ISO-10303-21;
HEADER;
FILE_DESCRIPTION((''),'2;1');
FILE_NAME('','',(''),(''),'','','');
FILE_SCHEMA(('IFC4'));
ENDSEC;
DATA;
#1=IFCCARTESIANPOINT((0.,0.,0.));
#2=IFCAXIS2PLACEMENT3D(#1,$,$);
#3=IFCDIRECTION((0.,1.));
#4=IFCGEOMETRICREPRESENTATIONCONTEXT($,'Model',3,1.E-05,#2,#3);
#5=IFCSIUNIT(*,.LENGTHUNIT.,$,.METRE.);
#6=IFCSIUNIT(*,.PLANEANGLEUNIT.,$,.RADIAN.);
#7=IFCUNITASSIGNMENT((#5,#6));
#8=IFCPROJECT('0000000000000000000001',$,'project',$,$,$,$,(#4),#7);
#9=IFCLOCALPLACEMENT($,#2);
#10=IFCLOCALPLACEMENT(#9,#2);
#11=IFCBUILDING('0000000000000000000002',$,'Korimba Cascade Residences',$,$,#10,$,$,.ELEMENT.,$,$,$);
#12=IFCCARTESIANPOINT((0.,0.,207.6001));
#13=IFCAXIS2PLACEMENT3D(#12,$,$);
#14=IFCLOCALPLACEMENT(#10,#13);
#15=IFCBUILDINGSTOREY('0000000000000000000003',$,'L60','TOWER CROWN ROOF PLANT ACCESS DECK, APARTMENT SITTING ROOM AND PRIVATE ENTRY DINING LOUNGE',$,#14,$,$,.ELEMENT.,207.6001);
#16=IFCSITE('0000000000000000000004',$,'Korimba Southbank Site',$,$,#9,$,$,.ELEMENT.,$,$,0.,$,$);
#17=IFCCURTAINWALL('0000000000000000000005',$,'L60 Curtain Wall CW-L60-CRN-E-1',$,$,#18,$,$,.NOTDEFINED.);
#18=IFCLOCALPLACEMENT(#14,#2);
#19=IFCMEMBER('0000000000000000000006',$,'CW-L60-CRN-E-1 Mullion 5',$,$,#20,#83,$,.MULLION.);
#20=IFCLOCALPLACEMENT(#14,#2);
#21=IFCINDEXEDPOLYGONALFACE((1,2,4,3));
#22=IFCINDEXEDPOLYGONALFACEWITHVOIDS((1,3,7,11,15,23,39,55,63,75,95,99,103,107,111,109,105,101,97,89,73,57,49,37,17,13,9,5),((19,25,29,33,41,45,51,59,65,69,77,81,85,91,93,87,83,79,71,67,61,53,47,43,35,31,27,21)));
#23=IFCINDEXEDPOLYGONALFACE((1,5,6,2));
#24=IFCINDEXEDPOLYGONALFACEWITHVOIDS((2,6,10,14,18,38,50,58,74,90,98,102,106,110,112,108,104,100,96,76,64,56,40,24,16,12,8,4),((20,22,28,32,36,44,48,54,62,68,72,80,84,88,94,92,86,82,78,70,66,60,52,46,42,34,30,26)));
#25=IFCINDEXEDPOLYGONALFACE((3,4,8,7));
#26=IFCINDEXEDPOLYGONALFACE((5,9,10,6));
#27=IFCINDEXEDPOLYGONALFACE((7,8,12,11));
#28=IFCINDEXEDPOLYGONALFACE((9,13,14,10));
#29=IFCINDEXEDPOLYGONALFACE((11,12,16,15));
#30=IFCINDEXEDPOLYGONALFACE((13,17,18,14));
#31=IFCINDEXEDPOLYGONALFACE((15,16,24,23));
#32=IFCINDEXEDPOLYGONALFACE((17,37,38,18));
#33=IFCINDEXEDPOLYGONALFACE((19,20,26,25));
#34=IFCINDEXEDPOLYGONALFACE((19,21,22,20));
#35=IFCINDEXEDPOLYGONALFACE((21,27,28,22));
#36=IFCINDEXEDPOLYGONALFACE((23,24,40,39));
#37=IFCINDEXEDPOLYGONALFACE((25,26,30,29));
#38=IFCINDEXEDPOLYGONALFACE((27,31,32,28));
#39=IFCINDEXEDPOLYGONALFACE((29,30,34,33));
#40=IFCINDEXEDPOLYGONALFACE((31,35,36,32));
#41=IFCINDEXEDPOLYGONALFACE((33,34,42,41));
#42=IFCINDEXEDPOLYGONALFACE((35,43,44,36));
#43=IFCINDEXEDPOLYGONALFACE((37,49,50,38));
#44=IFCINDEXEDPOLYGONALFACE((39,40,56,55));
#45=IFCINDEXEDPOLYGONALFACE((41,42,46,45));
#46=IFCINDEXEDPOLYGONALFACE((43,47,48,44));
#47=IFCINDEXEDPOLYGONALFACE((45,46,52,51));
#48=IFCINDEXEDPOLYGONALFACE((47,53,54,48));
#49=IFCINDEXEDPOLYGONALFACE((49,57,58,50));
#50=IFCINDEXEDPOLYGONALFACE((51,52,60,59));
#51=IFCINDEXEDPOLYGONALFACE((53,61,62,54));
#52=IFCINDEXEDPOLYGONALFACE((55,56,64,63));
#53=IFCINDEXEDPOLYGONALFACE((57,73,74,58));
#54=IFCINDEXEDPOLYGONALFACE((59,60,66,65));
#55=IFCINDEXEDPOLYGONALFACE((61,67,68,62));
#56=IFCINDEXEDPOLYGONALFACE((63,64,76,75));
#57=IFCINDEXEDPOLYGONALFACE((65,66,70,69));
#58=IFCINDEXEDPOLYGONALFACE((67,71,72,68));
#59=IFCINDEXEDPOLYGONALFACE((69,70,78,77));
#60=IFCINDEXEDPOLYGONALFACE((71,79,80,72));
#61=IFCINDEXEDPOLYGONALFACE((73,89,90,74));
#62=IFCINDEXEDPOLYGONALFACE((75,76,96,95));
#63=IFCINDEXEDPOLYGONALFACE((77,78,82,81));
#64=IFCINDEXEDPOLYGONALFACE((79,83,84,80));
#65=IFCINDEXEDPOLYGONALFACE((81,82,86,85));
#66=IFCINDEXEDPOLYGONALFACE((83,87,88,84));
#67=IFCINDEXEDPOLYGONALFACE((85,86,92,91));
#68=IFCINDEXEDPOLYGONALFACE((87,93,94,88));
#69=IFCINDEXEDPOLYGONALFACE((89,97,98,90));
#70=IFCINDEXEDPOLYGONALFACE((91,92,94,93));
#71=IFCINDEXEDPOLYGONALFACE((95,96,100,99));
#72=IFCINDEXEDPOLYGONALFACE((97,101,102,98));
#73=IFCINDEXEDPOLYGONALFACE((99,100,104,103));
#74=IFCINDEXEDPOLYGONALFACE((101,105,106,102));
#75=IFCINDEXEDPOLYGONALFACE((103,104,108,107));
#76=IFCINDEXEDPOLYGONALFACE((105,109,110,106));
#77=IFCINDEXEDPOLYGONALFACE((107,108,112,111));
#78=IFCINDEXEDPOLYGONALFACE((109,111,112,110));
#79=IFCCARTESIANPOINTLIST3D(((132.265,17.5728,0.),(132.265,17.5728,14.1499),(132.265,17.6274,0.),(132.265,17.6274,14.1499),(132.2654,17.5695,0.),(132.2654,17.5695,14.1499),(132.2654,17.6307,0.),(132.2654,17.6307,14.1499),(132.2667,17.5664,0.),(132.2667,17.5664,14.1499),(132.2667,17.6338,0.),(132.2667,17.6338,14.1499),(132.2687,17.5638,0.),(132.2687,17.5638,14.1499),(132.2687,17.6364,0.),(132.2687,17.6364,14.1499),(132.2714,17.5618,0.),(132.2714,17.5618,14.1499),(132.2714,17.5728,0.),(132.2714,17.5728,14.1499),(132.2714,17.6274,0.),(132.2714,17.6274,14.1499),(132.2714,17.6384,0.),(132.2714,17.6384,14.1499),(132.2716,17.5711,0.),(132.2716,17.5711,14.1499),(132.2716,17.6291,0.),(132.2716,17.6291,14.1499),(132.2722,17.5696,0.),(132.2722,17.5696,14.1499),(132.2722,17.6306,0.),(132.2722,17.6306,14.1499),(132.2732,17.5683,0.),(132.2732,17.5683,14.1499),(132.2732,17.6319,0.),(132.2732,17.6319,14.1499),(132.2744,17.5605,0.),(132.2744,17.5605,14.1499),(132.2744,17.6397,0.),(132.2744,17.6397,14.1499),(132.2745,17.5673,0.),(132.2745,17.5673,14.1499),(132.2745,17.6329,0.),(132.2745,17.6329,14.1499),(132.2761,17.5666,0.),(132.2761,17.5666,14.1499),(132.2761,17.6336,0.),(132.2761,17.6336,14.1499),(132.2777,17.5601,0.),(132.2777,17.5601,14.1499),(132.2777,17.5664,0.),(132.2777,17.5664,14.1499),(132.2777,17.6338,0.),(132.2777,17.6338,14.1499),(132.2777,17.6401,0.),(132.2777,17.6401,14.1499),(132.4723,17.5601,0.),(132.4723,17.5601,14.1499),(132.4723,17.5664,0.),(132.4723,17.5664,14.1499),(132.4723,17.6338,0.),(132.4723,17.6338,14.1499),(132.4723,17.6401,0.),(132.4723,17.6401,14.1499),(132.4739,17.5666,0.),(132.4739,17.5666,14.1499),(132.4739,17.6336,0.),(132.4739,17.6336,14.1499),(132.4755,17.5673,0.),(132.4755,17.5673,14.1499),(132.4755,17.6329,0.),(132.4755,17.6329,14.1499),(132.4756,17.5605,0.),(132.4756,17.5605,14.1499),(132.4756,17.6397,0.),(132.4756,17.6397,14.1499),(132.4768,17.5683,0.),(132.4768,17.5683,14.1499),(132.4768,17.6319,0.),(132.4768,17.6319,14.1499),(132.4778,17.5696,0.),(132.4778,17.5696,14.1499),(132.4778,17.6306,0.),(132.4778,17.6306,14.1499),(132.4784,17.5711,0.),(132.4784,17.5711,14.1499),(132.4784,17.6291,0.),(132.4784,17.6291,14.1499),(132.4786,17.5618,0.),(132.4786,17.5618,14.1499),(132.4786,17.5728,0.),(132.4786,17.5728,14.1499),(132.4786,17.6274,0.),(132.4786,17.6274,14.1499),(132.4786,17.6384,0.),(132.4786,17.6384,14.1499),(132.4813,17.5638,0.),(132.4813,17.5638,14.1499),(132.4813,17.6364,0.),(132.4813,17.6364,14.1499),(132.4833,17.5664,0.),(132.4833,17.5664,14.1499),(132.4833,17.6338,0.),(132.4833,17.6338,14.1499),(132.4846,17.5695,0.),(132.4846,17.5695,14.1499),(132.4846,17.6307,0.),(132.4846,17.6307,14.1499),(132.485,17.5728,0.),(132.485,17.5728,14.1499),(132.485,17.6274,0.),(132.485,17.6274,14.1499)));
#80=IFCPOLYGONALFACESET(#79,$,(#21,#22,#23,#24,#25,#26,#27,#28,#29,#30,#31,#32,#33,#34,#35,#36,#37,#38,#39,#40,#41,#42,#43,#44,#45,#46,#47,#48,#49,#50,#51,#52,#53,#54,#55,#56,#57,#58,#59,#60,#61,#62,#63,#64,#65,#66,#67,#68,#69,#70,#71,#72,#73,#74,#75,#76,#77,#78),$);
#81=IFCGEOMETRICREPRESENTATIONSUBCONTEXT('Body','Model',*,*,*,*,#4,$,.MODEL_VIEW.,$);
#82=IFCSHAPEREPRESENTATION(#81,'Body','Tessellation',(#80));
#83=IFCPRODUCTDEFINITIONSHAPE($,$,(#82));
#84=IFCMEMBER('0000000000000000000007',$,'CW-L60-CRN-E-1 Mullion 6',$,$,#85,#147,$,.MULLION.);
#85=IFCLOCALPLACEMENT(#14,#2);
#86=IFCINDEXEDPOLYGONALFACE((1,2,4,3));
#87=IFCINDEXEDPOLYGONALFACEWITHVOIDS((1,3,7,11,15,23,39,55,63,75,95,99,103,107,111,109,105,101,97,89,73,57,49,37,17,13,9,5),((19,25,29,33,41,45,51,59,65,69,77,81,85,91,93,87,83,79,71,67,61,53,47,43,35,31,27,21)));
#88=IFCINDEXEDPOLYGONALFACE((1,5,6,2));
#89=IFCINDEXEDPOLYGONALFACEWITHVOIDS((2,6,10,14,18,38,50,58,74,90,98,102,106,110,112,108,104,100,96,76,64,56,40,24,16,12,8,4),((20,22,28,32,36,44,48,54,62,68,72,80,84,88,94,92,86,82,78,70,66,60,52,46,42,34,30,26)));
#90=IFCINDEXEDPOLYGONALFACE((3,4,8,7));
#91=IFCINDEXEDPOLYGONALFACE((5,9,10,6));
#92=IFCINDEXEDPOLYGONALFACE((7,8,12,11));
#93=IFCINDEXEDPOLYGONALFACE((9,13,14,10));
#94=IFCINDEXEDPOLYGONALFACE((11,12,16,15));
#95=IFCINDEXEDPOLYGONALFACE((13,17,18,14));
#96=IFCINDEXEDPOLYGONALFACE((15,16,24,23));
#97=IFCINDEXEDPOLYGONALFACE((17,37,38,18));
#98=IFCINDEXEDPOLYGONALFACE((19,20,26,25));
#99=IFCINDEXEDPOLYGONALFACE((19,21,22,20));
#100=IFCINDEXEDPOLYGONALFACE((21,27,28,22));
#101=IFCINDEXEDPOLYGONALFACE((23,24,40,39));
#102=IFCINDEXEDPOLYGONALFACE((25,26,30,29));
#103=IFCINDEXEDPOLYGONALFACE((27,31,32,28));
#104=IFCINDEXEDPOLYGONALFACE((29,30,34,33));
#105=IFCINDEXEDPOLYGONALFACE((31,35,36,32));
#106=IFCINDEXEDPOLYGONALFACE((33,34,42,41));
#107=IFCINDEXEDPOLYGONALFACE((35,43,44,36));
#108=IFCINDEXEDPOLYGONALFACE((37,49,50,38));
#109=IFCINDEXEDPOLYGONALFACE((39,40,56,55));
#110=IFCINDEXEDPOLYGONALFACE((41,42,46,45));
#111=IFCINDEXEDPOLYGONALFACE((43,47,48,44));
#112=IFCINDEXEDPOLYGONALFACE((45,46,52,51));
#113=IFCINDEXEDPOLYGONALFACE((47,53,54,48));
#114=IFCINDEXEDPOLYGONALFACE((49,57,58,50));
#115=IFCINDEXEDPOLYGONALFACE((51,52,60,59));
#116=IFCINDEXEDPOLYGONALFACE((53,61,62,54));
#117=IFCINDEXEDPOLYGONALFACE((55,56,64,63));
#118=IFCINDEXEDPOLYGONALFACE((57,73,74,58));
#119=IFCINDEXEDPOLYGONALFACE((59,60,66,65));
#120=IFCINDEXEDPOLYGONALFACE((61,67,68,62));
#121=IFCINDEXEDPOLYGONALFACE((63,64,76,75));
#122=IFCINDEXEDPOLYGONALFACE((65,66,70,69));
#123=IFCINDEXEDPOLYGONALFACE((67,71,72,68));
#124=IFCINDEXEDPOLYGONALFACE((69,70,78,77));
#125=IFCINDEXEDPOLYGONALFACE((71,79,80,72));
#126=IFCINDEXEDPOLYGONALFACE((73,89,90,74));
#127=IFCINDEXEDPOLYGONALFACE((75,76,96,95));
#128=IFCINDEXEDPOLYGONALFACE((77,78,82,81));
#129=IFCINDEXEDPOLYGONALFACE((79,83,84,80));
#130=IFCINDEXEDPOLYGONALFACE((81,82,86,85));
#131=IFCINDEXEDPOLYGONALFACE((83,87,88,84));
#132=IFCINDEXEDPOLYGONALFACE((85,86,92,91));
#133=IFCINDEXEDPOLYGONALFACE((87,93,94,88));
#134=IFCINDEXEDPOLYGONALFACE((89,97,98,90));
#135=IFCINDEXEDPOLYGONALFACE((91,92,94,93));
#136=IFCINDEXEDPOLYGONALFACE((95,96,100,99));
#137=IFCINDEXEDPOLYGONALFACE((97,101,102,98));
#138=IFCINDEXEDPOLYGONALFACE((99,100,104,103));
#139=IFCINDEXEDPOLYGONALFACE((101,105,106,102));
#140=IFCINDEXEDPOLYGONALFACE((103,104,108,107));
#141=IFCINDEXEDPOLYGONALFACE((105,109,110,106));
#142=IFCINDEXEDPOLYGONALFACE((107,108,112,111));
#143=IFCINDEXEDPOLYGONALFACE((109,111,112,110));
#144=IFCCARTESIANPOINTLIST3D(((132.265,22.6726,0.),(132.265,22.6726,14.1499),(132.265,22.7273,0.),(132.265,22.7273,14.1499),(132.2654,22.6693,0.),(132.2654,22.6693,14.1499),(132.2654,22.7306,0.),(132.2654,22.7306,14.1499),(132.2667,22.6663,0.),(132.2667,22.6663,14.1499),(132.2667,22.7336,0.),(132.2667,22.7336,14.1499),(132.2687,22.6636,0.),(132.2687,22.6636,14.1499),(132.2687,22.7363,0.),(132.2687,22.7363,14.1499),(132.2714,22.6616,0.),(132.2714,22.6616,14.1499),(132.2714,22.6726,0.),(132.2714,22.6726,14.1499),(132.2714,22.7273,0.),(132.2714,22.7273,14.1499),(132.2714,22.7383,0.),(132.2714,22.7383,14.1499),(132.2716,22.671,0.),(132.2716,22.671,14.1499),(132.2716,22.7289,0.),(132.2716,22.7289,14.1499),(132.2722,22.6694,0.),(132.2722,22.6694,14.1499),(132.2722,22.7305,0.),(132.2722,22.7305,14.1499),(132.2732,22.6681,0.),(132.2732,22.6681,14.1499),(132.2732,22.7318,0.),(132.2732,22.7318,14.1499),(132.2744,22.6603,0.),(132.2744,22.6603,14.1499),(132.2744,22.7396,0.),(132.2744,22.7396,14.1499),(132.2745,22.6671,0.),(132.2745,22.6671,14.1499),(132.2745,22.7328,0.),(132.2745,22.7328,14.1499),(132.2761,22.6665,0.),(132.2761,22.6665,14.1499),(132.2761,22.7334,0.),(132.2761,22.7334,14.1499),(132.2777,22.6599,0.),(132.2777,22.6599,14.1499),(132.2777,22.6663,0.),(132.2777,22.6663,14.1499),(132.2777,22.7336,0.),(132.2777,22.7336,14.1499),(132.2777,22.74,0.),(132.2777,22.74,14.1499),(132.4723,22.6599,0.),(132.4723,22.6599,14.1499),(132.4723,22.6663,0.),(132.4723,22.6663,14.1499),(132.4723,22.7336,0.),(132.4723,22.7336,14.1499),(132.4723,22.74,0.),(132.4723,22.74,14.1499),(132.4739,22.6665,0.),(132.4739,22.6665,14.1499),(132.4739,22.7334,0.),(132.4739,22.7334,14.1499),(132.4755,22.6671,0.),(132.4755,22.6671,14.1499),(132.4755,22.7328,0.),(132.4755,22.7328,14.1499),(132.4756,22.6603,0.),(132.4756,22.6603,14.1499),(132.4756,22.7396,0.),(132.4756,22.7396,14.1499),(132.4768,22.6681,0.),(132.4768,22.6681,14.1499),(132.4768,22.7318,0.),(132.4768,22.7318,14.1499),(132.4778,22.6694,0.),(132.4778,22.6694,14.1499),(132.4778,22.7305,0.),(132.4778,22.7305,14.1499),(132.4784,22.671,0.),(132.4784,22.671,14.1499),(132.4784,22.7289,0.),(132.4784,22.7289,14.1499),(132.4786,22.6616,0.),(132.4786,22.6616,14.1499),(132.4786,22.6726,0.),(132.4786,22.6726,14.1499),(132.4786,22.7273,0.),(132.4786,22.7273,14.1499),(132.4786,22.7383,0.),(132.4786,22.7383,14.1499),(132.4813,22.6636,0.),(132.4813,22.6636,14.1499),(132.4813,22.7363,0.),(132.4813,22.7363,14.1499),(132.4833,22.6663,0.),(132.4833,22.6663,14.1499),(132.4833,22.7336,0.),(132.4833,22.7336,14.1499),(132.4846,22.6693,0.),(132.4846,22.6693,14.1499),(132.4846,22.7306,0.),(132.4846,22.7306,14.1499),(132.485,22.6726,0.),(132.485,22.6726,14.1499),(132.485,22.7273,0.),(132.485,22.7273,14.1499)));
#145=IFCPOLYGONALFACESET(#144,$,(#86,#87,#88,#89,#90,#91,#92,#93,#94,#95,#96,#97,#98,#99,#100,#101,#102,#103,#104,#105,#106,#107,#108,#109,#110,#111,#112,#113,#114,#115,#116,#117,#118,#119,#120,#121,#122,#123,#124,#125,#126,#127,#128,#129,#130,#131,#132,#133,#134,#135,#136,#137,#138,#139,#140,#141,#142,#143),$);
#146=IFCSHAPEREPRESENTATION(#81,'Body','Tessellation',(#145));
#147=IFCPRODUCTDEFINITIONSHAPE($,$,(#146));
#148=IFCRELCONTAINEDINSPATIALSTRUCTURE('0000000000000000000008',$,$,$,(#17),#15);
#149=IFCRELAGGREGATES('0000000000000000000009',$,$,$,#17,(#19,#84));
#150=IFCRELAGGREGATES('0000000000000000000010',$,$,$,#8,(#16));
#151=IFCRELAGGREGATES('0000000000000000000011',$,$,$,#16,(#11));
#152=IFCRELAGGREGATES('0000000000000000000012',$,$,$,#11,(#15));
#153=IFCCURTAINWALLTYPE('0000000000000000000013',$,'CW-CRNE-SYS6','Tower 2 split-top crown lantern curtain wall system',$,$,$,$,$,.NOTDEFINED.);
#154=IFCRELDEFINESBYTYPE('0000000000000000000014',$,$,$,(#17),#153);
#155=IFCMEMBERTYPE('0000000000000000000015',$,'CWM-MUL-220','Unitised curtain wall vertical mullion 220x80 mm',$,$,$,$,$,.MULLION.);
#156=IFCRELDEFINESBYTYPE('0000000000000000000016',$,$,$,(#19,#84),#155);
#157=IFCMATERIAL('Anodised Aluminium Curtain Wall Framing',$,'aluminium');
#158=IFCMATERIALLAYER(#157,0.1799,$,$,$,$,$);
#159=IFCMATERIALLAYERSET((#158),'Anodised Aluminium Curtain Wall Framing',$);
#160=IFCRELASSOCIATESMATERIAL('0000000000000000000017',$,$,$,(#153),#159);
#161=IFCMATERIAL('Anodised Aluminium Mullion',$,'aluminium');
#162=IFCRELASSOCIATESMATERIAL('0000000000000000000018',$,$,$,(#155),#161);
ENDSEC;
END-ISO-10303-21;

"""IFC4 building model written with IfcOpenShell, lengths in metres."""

from ifc_helpers import new_model, si_unit, direction, frame, origin, origin_2d, place, context, subcontext, project, spatial, hollow_rectangle, extrude, material, layer, layer_set, material_profile, profile_set, type_object, element, aggregate, save


model = new_model("IFC4")

# Units and contexts
model_context = context("Model", 3, precision=1e-05, world=origin(), true_north=direction((0.0, 1.0)))
body_context = subcontext(model_context, "Body", "Model", "MODEL_VIEW")
ifc_project = project(units=[si_unit("LENGTHUNIT", "METRE"), si_unit("PLANEANGLEUNIT", "RADIAN")], contexts=[model_context])

# Site, building, storey
site_placement = place(None, origin())
site = spatial("IfcSite", under=ifc_project, at=site_placement, Name="Korimba Southbank Site", CompositionType="ELEMENT", RefElevation=0.0)
building_placement = place(site_placement, origin())
building = spatial("IfcBuilding", under=site, at=building_placement, Name="Korimba Cascade Residences", CompositionType="ELEMENT")
storey_placement = place(building_placement, frame((0.0, 0.0, 207.6001)))
storey = spatial("IfcBuildingStorey", under=building, at=storey_placement, Name="L60", Description="TOWER CROWN ROOF PLANT ACCESS DECK, APARTMENT SITTING ROOM AND PRIVATE ENTRY DINING LOUNGE", CompositionType="ELEMENT", Elevation=207.6001)

# Curtain wall, members
ifc_material_1 = material(Name="Anodised Aluminium Curtain Wall Framing", Category="aluminium")
ifc_layer_1 = layer(ifc_material_1, 0.1799)
ifc_layer_set_1 = layer_set([ifc_layer_1], Name="Anodised Aluminium Curtain Wall Framing")
curtain_wall_type = type_object("IfcCurtainWallType", Name="CW-CRNE-SYS6", Description="Tower 2 split-top crown lantern curtain wall system", PredefinedType="NOTDEFINED", material=ifc_layer_set_1)
curtain_wall_placement = place(storey_placement, origin())
curtain_wall = element("IfcCurtainWall", 1, at=curtain_wall_placement, inside=storey, type_object=curtain_wall_type, Name="L60 Curtain Wall CW-L60-CRN-E-1", PredefinedType="NOTDEFINED")
ifc_material_2 = material(Name="Anodised Aluminium Mullion", Category="aluminium")
ifc_material_profile_1 = material_profile(ifc_material_2, hollow_rectangle(XDim=0.0801, YDim=0.22, WallThickness=0.0063, InnerFilletRadius=0.0063, OuterFilletRadius=0.0127, at=origin_2d()), Name="Anodised Aluminium Mullion")
ifc_profile_set_1 = profile_set([ifc_material_profile_1], Name="Anodised Aluminium Mullion")
member_type_1 = type_object("IfcMemberType", Name="CWM-MUL-220", Description="Unitised curtain wall vertical mullion 220x80 mm", PredefinedType="MULLION", material=ifc_profile_set_1)
member_1_placement = place(storey_placement, frame((132.375, 17.6001, 0.0), z_axis=(0.0, 0.0, 1.0), x_axis=(0.0, 1.0, 0.0)))
member_1 = element("IfcMember", 2, at=member_1_placement, type_object=member_type_1, Name="CW-L60-CRN-E-1 Mullion 5", PredefinedType="MULLION", context=body_context, shape_type="SweptSolid", body=[
    extrude(hollow_rectangle(XDim=0.0801, YDim=0.22, WallThickness=0.0063, InnerFilletRadius=0.0063, OuterFilletRadius=0.0127, at=origin_2d()), origin(), (0.0, 0.0, 1.0), 14.1499),
])
member_2_placement = place(storey_placement, frame((132.375, 22.7, 0.0), z_axis=(0.0, 0.0, 1.0), x_axis=(0.0, 1.0, 0.0)))
member_2 = element("IfcMember", 3, at=member_2_placement, type_object=member_type_1, Name="CW-L60-CRN-E-1 Mullion 6", PredefinedType="MULLION", context=body_context, shape_type="SweptSolid", body=[
    extrude(hollow_rectangle(XDim=0.0801, YDim=0.22, WallThickness=0.0063, InnerFilletRadius=0.0063, OuterFilletRadius=0.0127, at=origin_2d()), origin(), (0.0, 0.0, 1.0), 14.1499),
])

aggregate(curtain_wall, [member_1, member_2])

save(model, "model.ifc")
